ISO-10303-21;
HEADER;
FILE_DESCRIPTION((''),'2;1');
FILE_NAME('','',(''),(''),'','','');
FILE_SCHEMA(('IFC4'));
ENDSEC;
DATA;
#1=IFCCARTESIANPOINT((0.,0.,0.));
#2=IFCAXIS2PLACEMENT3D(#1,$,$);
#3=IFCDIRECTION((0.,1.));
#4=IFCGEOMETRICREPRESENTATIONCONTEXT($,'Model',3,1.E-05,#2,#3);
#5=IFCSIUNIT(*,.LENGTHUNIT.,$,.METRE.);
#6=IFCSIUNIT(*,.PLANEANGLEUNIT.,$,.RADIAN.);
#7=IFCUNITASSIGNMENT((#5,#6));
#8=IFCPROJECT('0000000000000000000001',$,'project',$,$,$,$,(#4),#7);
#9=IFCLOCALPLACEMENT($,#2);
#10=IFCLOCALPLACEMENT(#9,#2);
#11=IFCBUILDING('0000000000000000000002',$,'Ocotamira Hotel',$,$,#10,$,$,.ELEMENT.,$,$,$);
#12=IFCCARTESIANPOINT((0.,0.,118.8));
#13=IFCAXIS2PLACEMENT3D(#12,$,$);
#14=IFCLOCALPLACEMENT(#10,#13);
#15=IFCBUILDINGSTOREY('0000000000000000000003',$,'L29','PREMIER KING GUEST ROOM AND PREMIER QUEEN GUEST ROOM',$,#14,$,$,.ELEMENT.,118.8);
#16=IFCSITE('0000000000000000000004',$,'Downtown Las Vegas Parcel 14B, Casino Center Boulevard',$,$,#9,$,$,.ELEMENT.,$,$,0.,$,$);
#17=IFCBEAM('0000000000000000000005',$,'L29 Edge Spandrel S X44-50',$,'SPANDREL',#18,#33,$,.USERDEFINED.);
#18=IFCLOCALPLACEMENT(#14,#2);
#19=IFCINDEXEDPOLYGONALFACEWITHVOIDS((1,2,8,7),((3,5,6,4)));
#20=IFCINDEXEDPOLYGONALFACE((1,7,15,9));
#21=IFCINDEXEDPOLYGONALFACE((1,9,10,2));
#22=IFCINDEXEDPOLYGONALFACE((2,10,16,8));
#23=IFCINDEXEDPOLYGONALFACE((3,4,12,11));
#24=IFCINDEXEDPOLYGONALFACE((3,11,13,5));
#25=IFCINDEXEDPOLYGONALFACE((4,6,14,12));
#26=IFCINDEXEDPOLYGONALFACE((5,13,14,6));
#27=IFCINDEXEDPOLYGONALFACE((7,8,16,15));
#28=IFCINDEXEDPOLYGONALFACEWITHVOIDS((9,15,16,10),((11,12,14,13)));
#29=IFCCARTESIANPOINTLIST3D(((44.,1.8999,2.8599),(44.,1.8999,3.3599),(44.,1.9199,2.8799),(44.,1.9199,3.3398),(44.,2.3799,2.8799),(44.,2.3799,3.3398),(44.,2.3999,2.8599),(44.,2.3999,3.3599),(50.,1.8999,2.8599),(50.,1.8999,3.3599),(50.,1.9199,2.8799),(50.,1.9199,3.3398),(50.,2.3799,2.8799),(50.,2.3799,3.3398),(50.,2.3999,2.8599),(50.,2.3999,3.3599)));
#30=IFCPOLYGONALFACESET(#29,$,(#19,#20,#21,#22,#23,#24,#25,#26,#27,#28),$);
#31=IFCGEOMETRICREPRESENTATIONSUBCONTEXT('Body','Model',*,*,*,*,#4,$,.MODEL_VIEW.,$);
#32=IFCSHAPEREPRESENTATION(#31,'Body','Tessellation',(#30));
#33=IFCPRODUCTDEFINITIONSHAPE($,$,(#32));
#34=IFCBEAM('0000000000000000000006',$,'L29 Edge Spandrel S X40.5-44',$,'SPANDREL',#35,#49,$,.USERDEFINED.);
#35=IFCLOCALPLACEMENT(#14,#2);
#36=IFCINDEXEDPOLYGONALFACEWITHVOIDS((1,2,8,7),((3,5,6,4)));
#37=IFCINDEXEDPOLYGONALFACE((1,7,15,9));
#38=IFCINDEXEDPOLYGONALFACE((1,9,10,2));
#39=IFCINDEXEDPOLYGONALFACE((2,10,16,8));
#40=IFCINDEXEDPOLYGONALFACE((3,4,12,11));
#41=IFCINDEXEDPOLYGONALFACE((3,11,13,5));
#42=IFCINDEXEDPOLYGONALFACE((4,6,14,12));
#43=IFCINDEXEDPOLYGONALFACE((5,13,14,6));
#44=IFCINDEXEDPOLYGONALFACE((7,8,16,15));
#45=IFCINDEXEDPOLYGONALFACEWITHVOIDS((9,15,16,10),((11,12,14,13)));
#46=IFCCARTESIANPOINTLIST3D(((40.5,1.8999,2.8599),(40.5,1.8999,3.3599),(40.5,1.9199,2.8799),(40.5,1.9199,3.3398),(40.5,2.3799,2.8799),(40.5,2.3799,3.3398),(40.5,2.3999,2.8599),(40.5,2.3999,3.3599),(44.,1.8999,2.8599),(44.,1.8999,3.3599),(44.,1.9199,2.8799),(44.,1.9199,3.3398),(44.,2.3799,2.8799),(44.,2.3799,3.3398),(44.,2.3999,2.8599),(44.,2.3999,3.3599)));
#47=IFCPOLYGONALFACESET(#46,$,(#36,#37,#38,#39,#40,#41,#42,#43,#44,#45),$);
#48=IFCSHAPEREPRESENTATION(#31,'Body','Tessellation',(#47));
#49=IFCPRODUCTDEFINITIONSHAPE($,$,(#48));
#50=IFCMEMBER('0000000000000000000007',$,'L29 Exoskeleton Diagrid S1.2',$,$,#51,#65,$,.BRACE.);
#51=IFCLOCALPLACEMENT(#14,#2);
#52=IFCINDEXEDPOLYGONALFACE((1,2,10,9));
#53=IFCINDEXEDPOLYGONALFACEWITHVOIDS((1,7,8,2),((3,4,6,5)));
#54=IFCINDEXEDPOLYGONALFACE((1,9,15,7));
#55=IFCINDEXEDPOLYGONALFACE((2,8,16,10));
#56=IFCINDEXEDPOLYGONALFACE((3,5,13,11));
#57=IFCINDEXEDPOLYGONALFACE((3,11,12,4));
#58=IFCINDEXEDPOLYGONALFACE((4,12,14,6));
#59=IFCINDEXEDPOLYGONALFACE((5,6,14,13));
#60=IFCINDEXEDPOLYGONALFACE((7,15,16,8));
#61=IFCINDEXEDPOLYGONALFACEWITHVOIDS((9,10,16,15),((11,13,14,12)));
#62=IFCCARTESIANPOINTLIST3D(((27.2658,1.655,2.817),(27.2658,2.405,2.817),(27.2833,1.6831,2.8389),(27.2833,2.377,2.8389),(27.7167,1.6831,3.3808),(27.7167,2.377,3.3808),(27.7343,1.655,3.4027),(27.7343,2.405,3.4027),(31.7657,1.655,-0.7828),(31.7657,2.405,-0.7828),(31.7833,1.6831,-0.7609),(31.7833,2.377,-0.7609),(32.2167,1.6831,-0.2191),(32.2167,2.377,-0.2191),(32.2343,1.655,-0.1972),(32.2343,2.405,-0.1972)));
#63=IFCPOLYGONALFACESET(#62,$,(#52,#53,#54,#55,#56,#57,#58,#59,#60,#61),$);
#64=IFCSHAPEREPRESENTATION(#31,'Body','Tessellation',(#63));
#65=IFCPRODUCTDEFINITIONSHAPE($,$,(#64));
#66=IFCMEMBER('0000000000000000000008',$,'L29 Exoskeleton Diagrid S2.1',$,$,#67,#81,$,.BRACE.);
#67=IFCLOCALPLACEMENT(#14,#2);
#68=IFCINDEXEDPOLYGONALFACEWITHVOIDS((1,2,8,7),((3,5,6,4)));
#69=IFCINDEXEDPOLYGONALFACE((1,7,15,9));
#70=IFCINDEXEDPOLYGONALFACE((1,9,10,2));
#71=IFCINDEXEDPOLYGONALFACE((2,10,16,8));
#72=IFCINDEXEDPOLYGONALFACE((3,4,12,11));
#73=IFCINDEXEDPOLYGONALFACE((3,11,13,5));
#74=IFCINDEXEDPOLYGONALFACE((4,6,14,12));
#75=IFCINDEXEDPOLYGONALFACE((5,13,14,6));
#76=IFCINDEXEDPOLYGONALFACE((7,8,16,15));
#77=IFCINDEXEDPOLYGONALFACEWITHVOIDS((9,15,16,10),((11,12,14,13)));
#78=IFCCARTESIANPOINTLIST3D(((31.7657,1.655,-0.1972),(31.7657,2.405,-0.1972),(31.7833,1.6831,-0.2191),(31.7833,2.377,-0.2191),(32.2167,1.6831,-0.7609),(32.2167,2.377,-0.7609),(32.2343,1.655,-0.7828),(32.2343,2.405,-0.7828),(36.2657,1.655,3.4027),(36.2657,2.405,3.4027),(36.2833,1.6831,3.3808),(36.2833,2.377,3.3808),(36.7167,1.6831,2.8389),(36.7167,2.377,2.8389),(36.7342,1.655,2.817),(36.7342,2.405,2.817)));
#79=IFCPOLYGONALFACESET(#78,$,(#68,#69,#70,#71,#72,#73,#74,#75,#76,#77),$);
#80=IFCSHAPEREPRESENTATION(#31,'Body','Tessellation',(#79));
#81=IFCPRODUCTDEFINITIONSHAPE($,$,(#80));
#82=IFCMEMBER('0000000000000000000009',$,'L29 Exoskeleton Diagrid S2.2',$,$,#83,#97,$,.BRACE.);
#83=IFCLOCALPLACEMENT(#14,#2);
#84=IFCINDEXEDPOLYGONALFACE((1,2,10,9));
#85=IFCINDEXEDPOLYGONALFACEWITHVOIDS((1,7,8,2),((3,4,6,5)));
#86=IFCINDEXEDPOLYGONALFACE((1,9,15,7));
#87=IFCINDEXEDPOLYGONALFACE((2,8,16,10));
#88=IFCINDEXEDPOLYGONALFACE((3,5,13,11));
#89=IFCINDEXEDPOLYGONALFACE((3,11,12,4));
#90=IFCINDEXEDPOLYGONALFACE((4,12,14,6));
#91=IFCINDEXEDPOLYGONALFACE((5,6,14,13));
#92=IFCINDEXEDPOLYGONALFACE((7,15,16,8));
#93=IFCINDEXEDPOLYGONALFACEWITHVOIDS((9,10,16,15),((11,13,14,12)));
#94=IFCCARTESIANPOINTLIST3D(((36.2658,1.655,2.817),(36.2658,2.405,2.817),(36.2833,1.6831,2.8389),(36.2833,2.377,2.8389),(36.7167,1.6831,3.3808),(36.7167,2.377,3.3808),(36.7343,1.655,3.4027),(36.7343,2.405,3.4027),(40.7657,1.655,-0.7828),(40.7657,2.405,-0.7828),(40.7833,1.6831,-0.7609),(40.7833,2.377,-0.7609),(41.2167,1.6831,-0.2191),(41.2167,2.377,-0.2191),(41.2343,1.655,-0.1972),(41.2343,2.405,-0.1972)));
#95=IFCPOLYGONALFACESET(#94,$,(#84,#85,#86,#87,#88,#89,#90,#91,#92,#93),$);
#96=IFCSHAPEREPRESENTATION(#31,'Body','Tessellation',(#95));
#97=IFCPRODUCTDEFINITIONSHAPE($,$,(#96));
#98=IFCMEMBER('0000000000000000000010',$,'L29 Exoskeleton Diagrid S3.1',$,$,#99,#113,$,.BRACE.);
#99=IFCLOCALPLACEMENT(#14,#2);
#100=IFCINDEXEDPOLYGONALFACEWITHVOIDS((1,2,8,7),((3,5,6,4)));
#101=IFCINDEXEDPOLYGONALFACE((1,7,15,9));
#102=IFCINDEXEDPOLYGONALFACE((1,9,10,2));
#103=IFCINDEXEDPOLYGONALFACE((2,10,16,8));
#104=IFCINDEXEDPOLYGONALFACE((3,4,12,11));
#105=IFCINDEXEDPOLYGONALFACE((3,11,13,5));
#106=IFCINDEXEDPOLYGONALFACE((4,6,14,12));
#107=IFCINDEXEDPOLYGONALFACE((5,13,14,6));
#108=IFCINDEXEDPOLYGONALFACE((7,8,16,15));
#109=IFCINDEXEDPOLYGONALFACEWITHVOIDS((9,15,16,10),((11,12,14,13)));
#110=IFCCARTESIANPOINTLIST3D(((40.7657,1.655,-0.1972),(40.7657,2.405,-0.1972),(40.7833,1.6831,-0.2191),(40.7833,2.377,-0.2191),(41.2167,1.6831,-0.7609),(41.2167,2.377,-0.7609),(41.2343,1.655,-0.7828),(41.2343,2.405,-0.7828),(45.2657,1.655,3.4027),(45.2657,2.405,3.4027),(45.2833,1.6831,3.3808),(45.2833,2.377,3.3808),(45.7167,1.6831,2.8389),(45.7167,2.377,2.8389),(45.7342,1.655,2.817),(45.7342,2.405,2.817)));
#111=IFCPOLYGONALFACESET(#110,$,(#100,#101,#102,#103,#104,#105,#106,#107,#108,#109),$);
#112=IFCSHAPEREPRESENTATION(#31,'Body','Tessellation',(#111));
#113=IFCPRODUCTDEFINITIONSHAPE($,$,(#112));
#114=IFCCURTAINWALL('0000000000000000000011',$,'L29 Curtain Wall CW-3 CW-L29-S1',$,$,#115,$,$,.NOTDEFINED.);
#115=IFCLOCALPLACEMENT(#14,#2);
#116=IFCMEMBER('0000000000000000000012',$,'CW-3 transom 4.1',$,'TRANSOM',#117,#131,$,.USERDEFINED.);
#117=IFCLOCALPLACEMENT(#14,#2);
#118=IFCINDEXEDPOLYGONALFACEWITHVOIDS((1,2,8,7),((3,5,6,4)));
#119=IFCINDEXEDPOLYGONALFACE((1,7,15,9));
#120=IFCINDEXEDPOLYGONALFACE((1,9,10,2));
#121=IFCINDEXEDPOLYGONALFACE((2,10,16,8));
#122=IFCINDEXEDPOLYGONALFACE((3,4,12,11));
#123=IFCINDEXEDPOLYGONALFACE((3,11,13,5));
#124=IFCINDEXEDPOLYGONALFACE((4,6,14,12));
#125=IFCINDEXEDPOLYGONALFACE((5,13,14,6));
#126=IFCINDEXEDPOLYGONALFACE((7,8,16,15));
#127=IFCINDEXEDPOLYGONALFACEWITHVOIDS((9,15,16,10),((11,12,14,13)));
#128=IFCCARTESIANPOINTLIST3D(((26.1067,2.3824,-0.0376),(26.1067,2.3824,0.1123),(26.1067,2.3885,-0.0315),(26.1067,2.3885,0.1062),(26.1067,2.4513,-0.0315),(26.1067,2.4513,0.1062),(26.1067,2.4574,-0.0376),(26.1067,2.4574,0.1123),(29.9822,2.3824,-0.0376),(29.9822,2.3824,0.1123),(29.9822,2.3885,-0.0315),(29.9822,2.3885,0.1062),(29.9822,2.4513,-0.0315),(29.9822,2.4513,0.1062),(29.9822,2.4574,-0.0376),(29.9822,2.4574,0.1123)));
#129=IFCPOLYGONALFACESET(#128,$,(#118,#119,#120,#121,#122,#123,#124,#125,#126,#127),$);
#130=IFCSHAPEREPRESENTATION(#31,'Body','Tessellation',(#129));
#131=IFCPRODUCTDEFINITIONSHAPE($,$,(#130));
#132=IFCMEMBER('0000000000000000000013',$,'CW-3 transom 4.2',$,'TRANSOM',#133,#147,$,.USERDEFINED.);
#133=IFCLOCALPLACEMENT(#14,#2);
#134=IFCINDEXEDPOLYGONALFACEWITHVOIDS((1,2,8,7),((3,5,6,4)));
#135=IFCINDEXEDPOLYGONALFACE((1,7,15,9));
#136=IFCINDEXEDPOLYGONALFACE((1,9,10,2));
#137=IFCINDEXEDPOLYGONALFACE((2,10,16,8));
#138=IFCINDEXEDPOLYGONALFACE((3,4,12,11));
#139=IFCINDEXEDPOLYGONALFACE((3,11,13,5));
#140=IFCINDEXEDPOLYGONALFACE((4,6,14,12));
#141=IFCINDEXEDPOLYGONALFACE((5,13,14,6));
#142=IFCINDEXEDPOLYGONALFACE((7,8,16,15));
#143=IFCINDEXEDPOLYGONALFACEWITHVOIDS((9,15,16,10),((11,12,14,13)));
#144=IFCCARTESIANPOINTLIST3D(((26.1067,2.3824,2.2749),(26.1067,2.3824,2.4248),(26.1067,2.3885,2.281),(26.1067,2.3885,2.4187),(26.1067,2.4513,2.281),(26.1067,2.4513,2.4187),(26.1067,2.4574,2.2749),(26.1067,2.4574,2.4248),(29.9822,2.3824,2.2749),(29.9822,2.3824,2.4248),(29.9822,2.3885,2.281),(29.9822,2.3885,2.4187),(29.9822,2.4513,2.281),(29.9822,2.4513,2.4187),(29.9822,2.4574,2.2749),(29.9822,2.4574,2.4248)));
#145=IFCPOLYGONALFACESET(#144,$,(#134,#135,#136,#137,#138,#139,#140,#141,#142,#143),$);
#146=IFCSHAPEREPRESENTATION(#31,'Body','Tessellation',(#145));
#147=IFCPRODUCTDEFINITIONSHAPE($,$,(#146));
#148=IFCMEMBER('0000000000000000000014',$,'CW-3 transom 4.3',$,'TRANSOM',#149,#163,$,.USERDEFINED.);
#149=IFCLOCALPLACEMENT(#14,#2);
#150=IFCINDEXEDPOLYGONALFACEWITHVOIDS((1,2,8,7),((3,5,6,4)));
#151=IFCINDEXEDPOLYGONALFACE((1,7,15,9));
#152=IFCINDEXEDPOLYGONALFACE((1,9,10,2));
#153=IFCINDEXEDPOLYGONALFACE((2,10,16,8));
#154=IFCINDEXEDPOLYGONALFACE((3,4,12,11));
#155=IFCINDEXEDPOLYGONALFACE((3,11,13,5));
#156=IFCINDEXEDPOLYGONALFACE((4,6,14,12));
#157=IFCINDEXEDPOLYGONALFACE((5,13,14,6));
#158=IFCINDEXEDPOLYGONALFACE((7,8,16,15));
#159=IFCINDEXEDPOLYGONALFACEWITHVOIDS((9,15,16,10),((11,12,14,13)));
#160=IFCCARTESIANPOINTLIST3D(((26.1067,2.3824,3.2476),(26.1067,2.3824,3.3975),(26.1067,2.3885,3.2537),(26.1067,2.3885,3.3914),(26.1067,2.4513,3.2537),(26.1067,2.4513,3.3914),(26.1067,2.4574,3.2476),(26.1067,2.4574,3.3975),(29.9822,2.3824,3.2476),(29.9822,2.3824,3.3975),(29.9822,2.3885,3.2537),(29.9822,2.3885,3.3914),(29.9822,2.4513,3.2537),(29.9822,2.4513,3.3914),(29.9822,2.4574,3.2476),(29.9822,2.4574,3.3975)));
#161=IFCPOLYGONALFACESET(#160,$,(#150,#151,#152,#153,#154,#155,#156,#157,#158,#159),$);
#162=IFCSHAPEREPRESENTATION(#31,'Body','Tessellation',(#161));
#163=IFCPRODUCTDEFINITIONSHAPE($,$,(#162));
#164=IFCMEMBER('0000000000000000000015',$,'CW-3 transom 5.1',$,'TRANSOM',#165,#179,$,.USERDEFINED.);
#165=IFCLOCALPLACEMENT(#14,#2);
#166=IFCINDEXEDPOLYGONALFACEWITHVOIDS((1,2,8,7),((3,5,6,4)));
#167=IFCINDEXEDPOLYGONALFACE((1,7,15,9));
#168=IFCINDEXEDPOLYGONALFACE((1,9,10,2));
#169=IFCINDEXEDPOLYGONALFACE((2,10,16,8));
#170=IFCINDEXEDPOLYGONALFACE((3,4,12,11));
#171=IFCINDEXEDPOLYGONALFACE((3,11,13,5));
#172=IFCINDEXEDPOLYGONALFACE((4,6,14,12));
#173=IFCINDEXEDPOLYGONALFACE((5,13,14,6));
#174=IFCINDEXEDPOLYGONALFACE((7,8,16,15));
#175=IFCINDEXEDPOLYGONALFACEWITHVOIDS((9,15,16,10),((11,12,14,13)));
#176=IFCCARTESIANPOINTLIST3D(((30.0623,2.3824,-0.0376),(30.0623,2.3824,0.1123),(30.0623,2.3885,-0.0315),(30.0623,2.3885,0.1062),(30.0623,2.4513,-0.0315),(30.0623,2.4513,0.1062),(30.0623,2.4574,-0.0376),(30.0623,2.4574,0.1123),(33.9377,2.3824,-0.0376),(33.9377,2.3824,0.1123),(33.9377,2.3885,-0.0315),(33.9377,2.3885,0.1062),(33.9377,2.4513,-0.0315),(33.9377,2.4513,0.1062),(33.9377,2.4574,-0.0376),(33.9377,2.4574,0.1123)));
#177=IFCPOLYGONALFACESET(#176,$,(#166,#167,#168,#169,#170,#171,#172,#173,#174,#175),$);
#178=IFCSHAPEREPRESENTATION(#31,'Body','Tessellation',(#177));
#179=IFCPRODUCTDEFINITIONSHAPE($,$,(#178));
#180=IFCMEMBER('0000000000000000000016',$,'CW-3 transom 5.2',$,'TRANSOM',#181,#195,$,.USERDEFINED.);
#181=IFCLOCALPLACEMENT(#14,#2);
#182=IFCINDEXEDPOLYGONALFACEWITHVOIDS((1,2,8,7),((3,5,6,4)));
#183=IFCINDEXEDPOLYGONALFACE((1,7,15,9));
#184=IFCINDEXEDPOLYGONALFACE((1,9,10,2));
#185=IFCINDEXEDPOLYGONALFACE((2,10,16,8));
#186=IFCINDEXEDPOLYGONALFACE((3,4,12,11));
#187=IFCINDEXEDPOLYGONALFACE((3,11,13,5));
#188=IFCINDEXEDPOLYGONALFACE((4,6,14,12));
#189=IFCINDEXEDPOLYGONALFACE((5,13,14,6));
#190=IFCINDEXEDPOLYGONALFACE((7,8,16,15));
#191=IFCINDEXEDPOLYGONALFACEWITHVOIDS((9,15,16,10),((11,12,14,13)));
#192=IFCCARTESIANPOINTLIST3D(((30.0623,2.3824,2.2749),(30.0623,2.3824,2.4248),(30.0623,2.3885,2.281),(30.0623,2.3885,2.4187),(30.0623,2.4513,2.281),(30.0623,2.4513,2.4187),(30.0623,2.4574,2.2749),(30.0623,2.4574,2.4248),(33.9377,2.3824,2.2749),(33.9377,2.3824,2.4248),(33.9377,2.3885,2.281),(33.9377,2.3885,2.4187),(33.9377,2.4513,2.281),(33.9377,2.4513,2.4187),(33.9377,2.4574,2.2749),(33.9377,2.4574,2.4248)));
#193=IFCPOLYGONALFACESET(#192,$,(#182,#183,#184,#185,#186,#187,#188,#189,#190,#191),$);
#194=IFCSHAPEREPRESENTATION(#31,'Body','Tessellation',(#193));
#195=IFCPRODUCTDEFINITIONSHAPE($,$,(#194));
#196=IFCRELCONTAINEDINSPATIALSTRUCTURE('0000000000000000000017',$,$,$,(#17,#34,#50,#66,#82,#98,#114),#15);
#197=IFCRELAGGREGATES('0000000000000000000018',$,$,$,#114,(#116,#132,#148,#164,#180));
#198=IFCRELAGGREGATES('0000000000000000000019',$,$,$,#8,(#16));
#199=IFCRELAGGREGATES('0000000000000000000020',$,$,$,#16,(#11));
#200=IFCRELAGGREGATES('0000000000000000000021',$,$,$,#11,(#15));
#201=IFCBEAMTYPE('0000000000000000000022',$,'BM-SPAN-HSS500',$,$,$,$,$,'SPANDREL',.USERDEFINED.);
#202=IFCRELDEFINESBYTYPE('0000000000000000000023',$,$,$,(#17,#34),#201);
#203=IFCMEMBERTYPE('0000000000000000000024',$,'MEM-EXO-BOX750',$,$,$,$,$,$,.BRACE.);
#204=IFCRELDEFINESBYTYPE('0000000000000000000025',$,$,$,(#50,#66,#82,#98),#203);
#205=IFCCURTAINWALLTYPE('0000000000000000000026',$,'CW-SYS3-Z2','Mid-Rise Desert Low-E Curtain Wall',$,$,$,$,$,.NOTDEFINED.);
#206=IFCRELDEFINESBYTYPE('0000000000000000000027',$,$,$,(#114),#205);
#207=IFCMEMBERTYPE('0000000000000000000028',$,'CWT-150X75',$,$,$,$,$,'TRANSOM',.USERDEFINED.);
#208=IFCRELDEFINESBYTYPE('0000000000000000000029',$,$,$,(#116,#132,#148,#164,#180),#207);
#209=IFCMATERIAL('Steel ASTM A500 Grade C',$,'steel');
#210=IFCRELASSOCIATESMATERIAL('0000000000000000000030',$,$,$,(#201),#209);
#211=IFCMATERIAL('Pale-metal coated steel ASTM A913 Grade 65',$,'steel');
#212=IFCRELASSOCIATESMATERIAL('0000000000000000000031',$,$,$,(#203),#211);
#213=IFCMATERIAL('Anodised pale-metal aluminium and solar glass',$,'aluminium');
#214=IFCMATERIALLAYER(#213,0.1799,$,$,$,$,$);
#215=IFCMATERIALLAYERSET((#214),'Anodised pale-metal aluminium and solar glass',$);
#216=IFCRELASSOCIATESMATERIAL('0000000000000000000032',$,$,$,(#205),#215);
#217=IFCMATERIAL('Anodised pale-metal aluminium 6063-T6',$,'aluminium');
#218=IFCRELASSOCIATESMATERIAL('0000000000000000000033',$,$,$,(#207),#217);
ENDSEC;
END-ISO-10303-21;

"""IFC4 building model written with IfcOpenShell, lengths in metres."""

from ifc_helpers import new_model, si_unit, direction, frame, origin, origin_2d, place, context, subcontext, project, spatial, hollow_rectangle, extrude, source, transform, mapped, material, layer, layer_set, material_profile, profile_set, type_object, element, aggregate, save


model = new_model("IFC4")

# Units and contexts
model_context = context("Model", 3, precision=1e-05, world=origin(), true_north=direction((0.0, 1.0)))
body_context = subcontext(model_context, "Body", "Model", "MODEL_VIEW")
ifc_project = project(units=[si_unit("LENGTHUNIT", "METRE"), si_unit("PLANEANGLEUNIT", "RADIAN")], contexts=[model_context])

# Site, building, storey
site_placement = place(None, origin())
site = spatial("IfcSite", under=ifc_project, at=site_placement, Name="Downtown Las Vegas Parcel 14B, Casino Center Boulevard", CompositionType="ELEMENT", RefElevation=0.0)
building_placement = place(site_placement, origin())
building = spatial("IfcBuilding", under=site, at=building_placement, Name="Ocotamira Hotel", CompositionType="ELEMENT")
storey_placement = place(building_placement, frame((0.0, 0.0, 118.8)))
storey = spatial("IfcBuildingStorey", under=building, at=storey_placement, Name="L29", Description="PREMIER KING GUEST ROOM AND PREMIER QUEEN GUEST ROOM", CompositionType="ELEMENT", Elevation=118.8)

# Beams
ifc_material_1 = material(Name="Steel ASTM A500 Grade C", Category="steel")
ifc_material_profile_1 = material_profile(ifc_material_1, hollow_rectangle(XDim=0.5, YDim=0.5, WallThickness=0.02, at=origin_2d()), Name="HSS500X500X20")
ifc_profile_set_1 = profile_set([ifc_material_profile_1], Name="Steel ASTM A500 Grade C")
beam_type = type_object("IfcBeamType", Name="BM-SPAN-HSS500", ElementType="SPANDREL", PredefinedType="USERDEFINED", material=ifc_profile_set_1)
shared_shape_1 = source(origin(), body_context, "Body", "SweptSolid", [
    extrude(hollow_rectangle(XDim=0.5, YDim=0.5, WallThickness=0.02, at=origin_2d()), origin(), (0.0, 0.0, 1.0), 6.0),
])
beam_1_placement = place(storey_placement, frame((44.0, 2.1499, 3.1099), z_axis=(1.0, 0.0, 0.0), x_axis=(0.0, 1.0, 0.0)))
element("IfcBeam", 1, at=beam_1_placement, inside=storey, type_object=beam_type, Name="L29 Edge Spandrel S X44-50", ObjectType="SPANDREL", PredefinedType="USERDEFINED", context=body_context, shape_type="MappedRepresentation", body=[
    mapped(shared_shape_1, transform((0.0, 0.0, 0.0), scale=1.0)),
])
shared_shape_2 = source(origin(), body_context, "Body", "SweptSolid", [
    extrude(hollow_rectangle(XDim=0.5, YDim=0.5, WallThickness=0.02, at=origin_2d()), origin(), (0.0, 0.0, 1.0), 3.5),
])
beam_2_placement = place(storey_placement, frame((40.5, 2.1499, 3.1099), z_axis=(1.0, 0.0, 0.0), x_axis=(0.0, 1.0, 0.0)))
element("IfcBeam", 2, at=beam_2_placement, inside=storey, type_object=beam_type, Name="L29 Edge Spandrel S X40.5-44", ObjectType="SPANDREL", PredefinedType="USERDEFINED", context=body_context, shape_type="MappedRepresentation", body=[
    mapped(shared_shape_2, transform((0.0, 0.0, 0.0), scale=1.0)),
])

# Members
ifc_material_2 = material(Name="Pale-metal coated steel ASTM A913 Grade 65", Category="steel")
ifc_material_profile_2 = material_profile(ifc_material_2, hollow_rectangle(XDim=0.75, YDim=0.75, WallThickness=0.0281, at=origin_2d()), Name="BOX750X750X28")
ifc_profile_set_2 = profile_set([ifc_material_profile_2], Name="Pale-metal coated steel ASTM A913 Grade 65")
member_type_1 = type_object("IfcMemberType", Name="MEM-EXO-BOX750", PredefinedType="BRACE", material=ifc_profile_set_2)
shared_shape_3 = source(origin(), body_context, "Body", "SweptSolid", [
    extrude(hollow_rectangle(XDim=0.75, YDim=0.75, WallThickness=0.0281, at=origin_2d()), origin(), (0.0, 0.0, 1.0), 5.7627),
])
for number, where, z_axis, x_axis, name in (
    (3, (32.0, 2.03, -0.49), (-0.780881, 0.0, 0.62468), (0.0, -1.0, 0.0), "L29 Exoskeleton Diagrid S1.2"),
    (4, (32.0, 2.03, -0.49), (0.780881, 0.0, 0.62468), (0.0, 1.0, 0.0), "L29 Exoskeleton Diagrid S2.1"),
    (5, (41.0, 2.03, -0.49), (-0.780881, 0.0, 0.62468), (0.0, -1.0, 0.0), "L29 Exoskeleton Diagrid S2.2"),
    (6, (41.0, 2.03, -0.49), (0.780881, 0.0, 0.62468), (0.0, 1.0, 0.0), "L29 Exoskeleton Diagrid S3.1"),
):
    element("IfcMember", number, at=place(storey_placement, frame(where, z_axis=z_axis, x_axis=x_axis)), inside=storey, type_object=member_type_1, Name=name, PredefinedType="BRACE", context=body_context, shape_type="MappedRepresentation", body=[
        mapped(shared_shape_3, transform((0.0, 0.0, 0.0), scale=1.0)),
    ])

# Curtain wall, members
ifc_material_3 = material(Name="Anodised pale-metal aluminium and solar glass", Category="aluminium")
ifc_layer_1 = layer(ifc_material_3, 0.1799)
ifc_layer_set_1 = layer_set([ifc_layer_1], Name="Anodised pale-metal aluminium and solar glass")
curtain_wall_type = type_object("IfcCurtainWallType", Name="CW-SYS3-Z2", Description="Mid-Rise Desert Low-E Curtain Wall", PredefinedType="NOTDEFINED", material=ifc_layer_set_1)
curtain_wall_placement = place(storey_placement, origin())
curtain_wall = element("IfcCurtainWall", 7, at=curtain_wall_placement, inside=storey, type_object=curtain_wall_type, Name="L29 Curtain Wall CW-3 CW-L29-S1", PredefinedType="NOTDEFINED")
ifc_material_4 = material(Name="Anodised pale-metal aluminium 6063-T6", Category="aluminium")
ifc_material_profile_3 = material_profile(ifc_material_4, hollow_rectangle(XDim=0.075, YDim=0.1499, WallThickness=0.0061, at=origin_2d()), Name="HSS150X75X6")
ifc_profile_set_3 = profile_set([ifc_material_profile_3], Name="Anodised pale-metal aluminium 6063-T6")
member_type_2 = type_object("IfcMemberType", Name="CWT-150X75", ElementType="TRANSOM", PredefinedType="USERDEFINED", material=ifc_profile_set_3)
shared_shape_4 = source(origin(), body_context, "Body", "SweptSolid", [
    extrude(hollow_rectangle(XDim=0.075, YDim=0.1499, WallThickness=0.0061, at=origin_2d()), origin(), (0.0, 0.0, 1.0), 3.8755),
])
member_1_placement = place(storey_placement, frame((26.1067, 2.4199, 0.0374), z_axis=(1.0, 0.0, 0.0), x_axis=(0.0, 1.0, 0.0)))
member_1 = element("IfcMember", 8, at=member_1_placement, type_object=member_type_2, Name="CW-3 transom 4.1", ObjectType="TRANSOM", PredefinedType="USERDEFINED", context=body_context, shape_type="MappedRepresentation", body=[
    mapped(shared_shape_4, transform((0.0, 0.0, 0.0), scale=1.0)),
])
member_2_placement = place(storey_placement, frame((26.1067, 2.4199, 2.3499), z_axis=(1.0, 0.0, 0.0), x_axis=(0.0, 1.0, 0.0)))
member_2 = element("IfcMember", 9, at=member_2_placement, type_object=member_type_2, Name="CW-3 transom 4.2", ObjectType="TRANSOM", PredefinedType="USERDEFINED", context=body_context, shape_type="MappedRepresentation", body=[
    mapped(shared_shape_4, transform((0.0, 0.0, 0.0), scale=1.0)),
])
member_3_placement = place(storey_placement, frame((26.1067, 2.4199, 3.3225), z_axis=(1.0, 0.0, 0.0), x_axis=(0.0, 1.0, 0.0)))
member_3 = element("IfcMember", 10, at=member_3_placement, type_object=member_type_2, Name="CW-3 transom 4.3", ObjectType="TRANSOM", PredefinedType="USERDEFINED", context=body_context, shape_type="MappedRepresentation", body=[
    mapped(shared_shape_4, transform((0.0, 0.0, 0.0), scale=1.0)),
])
member_4_placement = place(storey_placement, frame((30.0623, 2.4199, 0.0374), z_axis=(1.0, 0.0, 0.0), x_axis=(0.0, 1.0, 0.0)))
member_4 = element("IfcMember", 11, at=member_4_placement, type_object=member_type_2, Name="CW-3 transom 5.1", ObjectType="TRANSOM", PredefinedType="USERDEFINED", context=body_context, shape_type="MappedRepresentation", body=[
    mapped(shared_shape_4, transform((0.0, 0.0, 0.0), scale=1.0)),
])
member_5_placement = place(storey_placement, frame((30.0623, 2.4199, 2.3499), z_axis=(1.0, 0.0, 0.0), x_axis=(0.0, 1.0, 0.0)))
member_5 = element("IfcMember", 12, at=member_5_placement, type_object=member_type_2, Name="CW-3 transom 5.2", ObjectType="TRANSOM", PredefinedType="USERDEFINED", context=body_context, shape_type="MappedRepresentation", body=[
    mapped(shared_shape_4, transform((0.0, 0.0, 0.0), scale=1.0)),
])

aggregate(curtain_wall, [member_1, member_2, member_3, member_4, member_5])

save(model, "model.ifc")
